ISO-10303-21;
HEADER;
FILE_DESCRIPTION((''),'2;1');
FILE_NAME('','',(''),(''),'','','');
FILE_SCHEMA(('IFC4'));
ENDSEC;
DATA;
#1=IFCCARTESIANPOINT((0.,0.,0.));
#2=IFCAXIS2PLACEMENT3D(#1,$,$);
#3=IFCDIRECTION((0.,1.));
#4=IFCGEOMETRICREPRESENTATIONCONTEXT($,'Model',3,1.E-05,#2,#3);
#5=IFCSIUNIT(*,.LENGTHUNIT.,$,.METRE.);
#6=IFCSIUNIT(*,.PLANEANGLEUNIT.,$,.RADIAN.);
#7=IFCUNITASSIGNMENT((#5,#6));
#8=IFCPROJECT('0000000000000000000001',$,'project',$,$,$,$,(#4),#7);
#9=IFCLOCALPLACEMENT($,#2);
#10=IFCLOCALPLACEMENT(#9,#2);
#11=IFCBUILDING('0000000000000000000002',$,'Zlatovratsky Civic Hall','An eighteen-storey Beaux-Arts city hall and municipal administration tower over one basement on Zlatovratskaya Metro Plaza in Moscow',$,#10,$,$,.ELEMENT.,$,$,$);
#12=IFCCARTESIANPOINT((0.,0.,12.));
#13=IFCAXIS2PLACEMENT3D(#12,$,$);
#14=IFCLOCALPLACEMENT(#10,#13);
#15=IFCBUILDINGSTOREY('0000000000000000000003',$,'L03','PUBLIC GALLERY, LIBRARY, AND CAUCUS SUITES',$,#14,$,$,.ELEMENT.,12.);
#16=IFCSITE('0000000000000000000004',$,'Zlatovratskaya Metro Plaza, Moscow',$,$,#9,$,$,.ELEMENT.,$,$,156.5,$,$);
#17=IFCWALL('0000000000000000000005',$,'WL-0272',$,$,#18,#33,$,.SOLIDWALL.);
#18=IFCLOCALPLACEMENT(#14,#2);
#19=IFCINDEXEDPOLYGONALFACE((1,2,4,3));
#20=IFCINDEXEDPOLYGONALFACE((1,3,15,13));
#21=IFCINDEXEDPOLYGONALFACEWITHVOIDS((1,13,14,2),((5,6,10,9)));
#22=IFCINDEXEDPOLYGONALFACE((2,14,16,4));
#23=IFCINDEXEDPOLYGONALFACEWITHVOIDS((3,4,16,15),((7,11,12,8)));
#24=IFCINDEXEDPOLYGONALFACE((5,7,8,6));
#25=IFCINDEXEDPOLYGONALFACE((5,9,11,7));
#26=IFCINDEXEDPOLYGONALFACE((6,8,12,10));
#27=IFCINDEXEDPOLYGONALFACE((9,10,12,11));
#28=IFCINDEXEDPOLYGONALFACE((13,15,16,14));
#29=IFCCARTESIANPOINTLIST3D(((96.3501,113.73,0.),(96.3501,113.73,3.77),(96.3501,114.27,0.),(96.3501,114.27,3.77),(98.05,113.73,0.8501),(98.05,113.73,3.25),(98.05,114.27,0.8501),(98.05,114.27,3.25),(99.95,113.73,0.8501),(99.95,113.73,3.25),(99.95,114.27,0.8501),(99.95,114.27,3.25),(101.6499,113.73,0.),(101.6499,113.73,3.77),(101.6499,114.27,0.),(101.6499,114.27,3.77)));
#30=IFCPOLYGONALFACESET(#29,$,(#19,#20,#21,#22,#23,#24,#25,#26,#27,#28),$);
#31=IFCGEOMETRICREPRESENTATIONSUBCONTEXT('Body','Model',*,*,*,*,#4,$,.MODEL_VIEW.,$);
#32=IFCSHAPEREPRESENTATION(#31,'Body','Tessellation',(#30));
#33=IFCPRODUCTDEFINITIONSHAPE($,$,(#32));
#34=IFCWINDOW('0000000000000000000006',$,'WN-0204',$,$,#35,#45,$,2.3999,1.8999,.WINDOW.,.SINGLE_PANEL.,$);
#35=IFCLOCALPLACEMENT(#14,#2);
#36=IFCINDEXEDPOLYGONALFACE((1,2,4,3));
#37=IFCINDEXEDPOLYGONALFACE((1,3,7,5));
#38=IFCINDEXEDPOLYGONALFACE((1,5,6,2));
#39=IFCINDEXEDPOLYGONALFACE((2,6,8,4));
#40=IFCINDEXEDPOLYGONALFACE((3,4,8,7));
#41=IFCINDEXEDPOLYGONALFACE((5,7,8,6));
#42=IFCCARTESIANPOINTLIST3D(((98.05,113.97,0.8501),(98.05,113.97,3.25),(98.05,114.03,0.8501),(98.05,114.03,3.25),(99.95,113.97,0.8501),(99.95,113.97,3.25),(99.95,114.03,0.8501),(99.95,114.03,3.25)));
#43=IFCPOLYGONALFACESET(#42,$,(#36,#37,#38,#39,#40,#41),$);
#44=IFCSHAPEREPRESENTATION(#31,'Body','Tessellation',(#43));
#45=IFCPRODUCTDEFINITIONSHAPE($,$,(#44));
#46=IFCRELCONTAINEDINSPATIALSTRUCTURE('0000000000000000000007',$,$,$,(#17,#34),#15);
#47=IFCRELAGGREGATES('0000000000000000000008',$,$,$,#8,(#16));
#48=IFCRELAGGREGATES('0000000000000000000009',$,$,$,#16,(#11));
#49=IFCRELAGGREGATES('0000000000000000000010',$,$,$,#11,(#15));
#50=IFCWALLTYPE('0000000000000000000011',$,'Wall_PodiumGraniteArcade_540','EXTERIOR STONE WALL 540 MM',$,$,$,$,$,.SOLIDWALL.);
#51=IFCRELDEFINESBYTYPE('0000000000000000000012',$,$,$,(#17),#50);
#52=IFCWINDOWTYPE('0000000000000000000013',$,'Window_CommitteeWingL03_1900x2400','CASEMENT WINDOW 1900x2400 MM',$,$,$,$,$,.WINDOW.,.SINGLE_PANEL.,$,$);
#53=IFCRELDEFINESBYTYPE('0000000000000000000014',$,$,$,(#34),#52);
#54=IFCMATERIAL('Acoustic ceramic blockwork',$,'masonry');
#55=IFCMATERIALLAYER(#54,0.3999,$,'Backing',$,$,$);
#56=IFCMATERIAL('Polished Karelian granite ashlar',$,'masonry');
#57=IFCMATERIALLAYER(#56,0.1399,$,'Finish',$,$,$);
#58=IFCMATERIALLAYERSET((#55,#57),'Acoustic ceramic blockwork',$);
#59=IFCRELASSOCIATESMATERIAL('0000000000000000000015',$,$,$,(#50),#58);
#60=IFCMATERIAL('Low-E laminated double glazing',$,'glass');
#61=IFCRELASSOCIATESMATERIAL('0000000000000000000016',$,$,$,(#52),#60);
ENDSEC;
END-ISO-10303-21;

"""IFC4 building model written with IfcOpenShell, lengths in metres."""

from ifc_helpers import new_model, si_unit, direction, frame, frame_2d, origin, place, context, subcontext, project, spatial, rectangle, extrude, material, layer, layer_set, type_object, element, fill, save


model = new_model("IFC4")

# Units and contexts
model_context = context("Model", 3, precision=1e-05, world=origin(), true_north=direction((0.0, 1.0)))
body_context = subcontext(model_context, "Body", "Model", "MODEL_VIEW")
ifc_project = project(units=[si_unit("LENGTHUNIT", "METRE"), si_unit("PLANEANGLEUNIT", "RADIAN")], contexts=[model_context])

# Site, building, storey
site_placement = place(None, origin())
site = spatial("IfcSite", under=ifc_project, at=site_placement, Name="Zlatovratskaya Metro Plaza, Moscow", CompositionType="ELEMENT", RefElevation=156.5)
building_placement = place(site_placement, origin())
building = spatial("IfcBuilding", under=site, at=building_placement, Name="Zlatovratsky Civic Hall", Description="An eighteen-storey Beaux-Arts city hall and municipal administration tower over one basement on Zlatovratskaya Metro Plaza in Moscow", CompositionType="ELEMENT")
storey_placement = place(building_placement, frame((0.0, 0.0, 12.0)))
storey = spatial("IfcBuildingStorey", under=building, at=storey_placement, Name="L03", Description="PUBLIC GALLERY, LIBRARY, AND CAUCUS SUITES", CompositionType="ELEMENT", Elevation=12.0)

# Wall, opening, window
ifc_material_1 = material(Name="Acoustic ceramic blockwork", Category="masonry")
ifc_layer_1 = layer(ifc_material_1, 0.3999, Name="Backing")
ifc_material_2 = material(Name="Polished Karelian granite ashlar", Category="masonry")
ifc_layer_2 = layer(ifc_material_2, 0.1399, Name="Finish")
ifc_layer_set = layer_set([ifc_layer_1, ifc_layer_2], Name="Acoustic ceramic blockwork")
wall_type = type_object("IfcWallType", Name="Wall_PodiumGraniteArcade_540", Description="EXTERIOR STONE WALL 540 MM", PredefinedType="SOLIDWALL", material=ifc_layer_set)
ifc_material_3 = material(Name="Low-E laminated double glazing", Category="glass")
window_type = type_object("IfcWindowType", Name="Window_CommitteeWingL03_1900x2400", Description="CASEMENT WINDOW 1900x2400 MM", PartitioningType="SINGLE_PANEL", PredefinedType="WINDOW", material=ifc_material_3)
wall_1_placement = place(storey_placement, frame((96.3501, 114.0, 0.0), z_axis=(0.0, 0.0, 1.0), x_axis=(1.0, 0.0, 0.0)))
wall_1 = element("IfcWall", 1, at=wall_1_placement, inside=storey, type_object=wall_type, Name="WL-0272", PredefinedType="SOLIDWALL", context=body_context, shape_type="SweptSolid", body=[
    extrude(rectangle(XDim=5.2998, YDim=0.54, at=frame_2d((2.6499, 0.0))), origin(), (0.0, 0.0, 1.0), 3.77),
])
opening_1_placement = place(wall_1_placement, frame((1.7, 0.0, 0.8501)))
opening_1 = element("IfcOpeningElement", 2, at=opening_1_placement, cuts=wall_1, PredefinedType="OPENING", context=body_context, shape_type="SweptSolid", body=[
    extrude(rectangle(XDim=1.8999, YDim=2.3999, at=frame_2d((0.95, 1.2))), frame((0.0, 0.2849, 0.0), z_axis=(0.0, -1.0, 0.0), x_axis=(1.0, 0.0, 0.0)), (0.0, 0.0, 1.0), 0.5698),
])
window_1_placement = place(opening_1_placement, origin())
window_1 = element("IfcWindow", 3, at=window_1_placement, inside=storey, type_object=window_type, Name="WN-0204", OverallHeight=2.3999, OverallWidth=1.8999, PartitioningType="SINGLE_PANEL", PredefinedType="WINDOW", context=body_context, shape_type="SweptSolid", body=[
    extrude(rectangle(XDim=1.8999, YDim=2.3999, at=frame_2d((0.95, 1.2))), frame((0.0, 0.03, 0.0), z_axis=(0.0, -1.0, 0.0), x_axis=(1.0, 0.0, 0.0)), (0.0, 0.0, 1.0), 0.0601),
])
fill(opening_1, window_1)

save(model, "model.ifc")
